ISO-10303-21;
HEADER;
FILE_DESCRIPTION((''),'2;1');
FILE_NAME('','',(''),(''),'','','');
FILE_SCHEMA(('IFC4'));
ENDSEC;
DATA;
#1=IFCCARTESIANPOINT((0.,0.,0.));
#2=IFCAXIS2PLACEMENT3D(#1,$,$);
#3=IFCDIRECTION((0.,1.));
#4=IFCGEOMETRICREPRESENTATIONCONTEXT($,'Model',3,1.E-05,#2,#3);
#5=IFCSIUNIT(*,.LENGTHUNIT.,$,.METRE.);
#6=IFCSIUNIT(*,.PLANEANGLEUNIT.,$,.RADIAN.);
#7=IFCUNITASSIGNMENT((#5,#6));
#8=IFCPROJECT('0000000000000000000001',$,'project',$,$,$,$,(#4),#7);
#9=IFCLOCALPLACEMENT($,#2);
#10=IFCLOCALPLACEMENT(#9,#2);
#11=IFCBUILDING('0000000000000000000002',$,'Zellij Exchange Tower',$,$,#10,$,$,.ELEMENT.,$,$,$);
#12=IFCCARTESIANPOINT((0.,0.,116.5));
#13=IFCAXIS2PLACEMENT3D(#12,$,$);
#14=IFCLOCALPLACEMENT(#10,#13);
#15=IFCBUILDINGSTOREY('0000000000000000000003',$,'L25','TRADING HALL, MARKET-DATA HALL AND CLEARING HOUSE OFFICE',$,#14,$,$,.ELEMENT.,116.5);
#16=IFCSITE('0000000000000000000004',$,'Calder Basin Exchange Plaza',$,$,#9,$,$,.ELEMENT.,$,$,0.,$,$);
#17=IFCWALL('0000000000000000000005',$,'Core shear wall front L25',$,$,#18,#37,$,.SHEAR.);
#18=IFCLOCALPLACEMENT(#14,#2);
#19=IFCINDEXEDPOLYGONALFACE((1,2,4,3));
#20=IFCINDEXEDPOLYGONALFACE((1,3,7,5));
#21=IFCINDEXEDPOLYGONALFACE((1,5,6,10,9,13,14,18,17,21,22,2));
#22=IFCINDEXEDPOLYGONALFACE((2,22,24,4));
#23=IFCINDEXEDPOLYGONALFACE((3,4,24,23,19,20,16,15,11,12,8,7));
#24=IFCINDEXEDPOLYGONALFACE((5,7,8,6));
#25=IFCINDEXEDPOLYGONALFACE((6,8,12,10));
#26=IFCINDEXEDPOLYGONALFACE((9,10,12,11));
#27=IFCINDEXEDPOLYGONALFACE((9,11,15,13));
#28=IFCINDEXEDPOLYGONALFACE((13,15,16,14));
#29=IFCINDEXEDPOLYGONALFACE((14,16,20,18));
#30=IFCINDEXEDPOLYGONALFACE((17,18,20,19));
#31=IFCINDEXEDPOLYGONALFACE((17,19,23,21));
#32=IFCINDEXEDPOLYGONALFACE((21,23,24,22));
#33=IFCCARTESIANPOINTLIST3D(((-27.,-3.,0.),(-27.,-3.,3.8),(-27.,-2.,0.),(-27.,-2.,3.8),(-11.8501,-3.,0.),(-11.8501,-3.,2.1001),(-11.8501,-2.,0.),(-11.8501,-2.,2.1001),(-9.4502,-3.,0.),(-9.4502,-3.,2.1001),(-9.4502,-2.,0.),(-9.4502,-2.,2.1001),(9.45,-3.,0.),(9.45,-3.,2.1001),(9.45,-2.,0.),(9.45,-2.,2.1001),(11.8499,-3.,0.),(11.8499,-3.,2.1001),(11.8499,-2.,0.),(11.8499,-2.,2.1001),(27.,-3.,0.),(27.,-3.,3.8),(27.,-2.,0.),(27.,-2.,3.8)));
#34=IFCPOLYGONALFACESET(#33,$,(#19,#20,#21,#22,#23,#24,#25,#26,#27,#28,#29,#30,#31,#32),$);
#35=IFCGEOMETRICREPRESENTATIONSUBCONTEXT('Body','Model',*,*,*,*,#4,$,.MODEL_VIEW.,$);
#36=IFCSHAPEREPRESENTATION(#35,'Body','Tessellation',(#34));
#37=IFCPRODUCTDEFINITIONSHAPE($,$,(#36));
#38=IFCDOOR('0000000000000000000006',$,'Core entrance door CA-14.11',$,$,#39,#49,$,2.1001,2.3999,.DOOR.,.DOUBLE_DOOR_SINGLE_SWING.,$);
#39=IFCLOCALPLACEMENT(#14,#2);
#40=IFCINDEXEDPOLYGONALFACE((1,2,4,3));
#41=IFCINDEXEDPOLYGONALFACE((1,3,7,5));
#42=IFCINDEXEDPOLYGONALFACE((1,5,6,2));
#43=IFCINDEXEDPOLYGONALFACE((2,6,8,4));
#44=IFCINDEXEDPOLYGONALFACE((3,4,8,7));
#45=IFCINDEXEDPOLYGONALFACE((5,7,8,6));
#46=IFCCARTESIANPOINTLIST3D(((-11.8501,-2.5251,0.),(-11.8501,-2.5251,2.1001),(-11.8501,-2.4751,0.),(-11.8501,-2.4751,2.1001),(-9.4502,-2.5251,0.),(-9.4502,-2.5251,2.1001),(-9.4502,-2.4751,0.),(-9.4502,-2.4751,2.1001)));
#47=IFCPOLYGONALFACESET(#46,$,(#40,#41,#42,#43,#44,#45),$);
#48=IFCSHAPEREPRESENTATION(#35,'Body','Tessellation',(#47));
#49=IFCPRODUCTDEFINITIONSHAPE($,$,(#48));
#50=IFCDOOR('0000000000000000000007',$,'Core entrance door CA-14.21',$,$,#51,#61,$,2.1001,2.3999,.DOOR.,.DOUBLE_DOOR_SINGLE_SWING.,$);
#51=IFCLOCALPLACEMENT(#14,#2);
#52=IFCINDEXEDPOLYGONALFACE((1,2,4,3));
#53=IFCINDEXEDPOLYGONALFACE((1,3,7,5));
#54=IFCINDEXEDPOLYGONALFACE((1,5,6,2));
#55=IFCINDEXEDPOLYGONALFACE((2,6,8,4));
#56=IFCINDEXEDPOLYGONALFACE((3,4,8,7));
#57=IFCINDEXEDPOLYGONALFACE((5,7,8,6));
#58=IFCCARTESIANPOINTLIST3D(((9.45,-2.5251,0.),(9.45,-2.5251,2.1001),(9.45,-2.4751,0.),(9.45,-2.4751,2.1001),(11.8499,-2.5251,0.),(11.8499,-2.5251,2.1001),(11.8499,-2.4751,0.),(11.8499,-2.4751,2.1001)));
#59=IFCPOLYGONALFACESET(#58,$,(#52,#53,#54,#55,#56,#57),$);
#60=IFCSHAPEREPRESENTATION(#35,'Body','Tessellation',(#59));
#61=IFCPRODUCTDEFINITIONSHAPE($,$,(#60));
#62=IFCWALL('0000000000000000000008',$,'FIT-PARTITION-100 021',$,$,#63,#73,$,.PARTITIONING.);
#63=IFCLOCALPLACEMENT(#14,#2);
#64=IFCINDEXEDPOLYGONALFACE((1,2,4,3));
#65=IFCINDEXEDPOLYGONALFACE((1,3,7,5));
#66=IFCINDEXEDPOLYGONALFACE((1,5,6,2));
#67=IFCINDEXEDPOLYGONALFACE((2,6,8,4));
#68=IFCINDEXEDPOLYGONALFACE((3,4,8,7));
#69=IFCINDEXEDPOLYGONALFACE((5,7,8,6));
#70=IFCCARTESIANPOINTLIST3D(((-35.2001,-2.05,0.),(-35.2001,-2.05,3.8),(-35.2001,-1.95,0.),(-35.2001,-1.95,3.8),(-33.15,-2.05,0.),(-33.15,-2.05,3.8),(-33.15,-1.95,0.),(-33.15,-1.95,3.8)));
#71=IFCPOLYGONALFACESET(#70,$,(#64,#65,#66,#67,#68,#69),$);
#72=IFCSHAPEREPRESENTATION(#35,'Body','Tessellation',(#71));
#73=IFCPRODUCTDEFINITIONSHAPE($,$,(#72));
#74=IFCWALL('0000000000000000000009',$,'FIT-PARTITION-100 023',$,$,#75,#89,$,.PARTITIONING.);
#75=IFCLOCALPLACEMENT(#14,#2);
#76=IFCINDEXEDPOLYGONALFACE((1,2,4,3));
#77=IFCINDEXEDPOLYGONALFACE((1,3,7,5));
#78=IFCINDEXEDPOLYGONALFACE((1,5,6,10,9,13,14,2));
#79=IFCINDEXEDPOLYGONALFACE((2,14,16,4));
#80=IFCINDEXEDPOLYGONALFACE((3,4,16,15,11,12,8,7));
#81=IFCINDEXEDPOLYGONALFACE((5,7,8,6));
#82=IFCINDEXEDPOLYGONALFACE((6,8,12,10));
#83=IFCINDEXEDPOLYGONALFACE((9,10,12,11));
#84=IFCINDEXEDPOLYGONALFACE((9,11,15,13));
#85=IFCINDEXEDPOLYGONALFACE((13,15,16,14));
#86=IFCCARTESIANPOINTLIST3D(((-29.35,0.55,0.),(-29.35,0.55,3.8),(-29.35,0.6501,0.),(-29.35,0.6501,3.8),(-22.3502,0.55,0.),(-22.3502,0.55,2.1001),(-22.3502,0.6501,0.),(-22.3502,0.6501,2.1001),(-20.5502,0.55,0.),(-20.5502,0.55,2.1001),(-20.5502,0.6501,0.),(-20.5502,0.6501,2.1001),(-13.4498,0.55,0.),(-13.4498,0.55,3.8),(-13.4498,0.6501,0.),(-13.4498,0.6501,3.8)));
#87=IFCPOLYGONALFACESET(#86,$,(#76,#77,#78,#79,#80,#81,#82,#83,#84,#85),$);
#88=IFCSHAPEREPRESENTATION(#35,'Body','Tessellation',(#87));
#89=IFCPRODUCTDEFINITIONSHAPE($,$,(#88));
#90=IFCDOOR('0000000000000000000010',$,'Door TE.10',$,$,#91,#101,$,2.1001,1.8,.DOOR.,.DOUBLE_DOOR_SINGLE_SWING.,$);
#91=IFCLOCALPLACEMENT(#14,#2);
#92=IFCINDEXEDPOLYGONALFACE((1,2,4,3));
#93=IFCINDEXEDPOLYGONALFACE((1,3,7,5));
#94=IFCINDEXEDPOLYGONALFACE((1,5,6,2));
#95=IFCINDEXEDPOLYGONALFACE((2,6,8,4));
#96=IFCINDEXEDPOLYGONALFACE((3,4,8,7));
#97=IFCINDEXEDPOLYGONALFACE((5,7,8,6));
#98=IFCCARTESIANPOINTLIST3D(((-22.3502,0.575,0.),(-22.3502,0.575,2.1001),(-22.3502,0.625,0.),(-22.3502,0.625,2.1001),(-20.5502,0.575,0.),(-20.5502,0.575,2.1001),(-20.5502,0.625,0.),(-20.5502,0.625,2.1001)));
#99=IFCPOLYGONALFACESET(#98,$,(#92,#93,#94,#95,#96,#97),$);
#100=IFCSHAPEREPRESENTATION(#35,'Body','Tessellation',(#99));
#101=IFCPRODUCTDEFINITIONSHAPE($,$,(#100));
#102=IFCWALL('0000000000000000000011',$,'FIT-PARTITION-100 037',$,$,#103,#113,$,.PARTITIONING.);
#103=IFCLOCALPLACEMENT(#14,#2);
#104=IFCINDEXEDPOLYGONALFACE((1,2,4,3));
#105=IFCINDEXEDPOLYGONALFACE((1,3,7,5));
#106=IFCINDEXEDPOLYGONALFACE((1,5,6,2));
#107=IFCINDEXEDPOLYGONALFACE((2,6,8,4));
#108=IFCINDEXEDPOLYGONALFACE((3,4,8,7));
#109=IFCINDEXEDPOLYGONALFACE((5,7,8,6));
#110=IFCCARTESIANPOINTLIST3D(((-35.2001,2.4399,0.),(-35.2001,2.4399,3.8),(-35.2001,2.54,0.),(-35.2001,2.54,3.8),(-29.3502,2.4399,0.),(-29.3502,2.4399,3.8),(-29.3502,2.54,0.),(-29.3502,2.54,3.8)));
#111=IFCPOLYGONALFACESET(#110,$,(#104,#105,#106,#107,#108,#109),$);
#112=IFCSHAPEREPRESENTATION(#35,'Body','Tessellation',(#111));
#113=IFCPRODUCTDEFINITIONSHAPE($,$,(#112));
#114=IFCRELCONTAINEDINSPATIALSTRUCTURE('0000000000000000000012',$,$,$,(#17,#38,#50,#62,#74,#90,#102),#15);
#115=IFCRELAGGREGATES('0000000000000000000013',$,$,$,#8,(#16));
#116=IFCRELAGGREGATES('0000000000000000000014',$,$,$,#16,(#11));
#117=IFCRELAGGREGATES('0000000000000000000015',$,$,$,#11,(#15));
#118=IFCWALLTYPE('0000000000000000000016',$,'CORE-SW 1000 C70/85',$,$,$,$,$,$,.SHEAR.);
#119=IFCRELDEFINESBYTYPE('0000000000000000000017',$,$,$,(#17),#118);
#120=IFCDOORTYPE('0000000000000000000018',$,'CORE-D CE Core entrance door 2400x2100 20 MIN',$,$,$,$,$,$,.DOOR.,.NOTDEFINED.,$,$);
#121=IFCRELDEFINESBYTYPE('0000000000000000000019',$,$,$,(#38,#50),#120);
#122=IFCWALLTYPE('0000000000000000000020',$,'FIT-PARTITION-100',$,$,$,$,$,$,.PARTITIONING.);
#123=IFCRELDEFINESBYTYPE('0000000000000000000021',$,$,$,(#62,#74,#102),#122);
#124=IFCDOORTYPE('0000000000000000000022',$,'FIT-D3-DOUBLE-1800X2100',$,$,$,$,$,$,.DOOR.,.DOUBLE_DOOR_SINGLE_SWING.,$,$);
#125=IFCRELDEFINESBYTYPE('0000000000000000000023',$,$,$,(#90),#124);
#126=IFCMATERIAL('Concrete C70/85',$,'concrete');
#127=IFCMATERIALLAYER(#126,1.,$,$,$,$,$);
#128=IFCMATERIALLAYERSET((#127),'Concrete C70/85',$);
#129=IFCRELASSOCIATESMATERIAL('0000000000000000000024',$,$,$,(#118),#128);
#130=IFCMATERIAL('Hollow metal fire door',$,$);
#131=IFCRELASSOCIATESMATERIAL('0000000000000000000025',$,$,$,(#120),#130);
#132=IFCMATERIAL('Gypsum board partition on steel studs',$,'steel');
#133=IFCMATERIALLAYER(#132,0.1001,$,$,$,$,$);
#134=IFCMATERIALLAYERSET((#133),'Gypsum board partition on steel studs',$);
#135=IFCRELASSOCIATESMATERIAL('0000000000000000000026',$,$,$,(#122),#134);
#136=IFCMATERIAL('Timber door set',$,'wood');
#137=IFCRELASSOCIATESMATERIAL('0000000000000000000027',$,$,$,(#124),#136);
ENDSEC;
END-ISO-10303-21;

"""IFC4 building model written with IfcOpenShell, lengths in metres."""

from ifc_helpers import new_model, si_unit, direction, frame, frame_2d, origin, place, context, subcontext, project, spatial, rectangle, extrude, material, layer, layer_set, type_object, element, fill, save


model = new_model("IFC4")

# Units and contexts
model_context = context("Model", 3, precision=1e-05, world=origin(), true_north=direction((0.0, 1.0)))
body_context = subcontext(model_context, "Body", "Model", "MODEL_VIEW")
ifc_project = project(units=[si_unit("LENGTHUNIT", "METRE"), si_unit("PLANEANGLEUNIT", "RADIAN")], contexts=[model_context])

# Site, building, storey
site_placement = place(None, origin())
site = spatial("IfcSite", under=ifc_project, at=site_placement, Name="Calder Basin Exchange Plaza", CompositionType="ELEMENT", RefElevation=0.0)
building_placement = place(site_placement, origin())
building = spatial("IfcBuilding", under=site, at=building_placement, Name="Zellij Exchange Tower", CompositionType="ELEMENT")
storey_placement = place(building_placement, frame((0.0, 0.0, 116.5)))
storey = spatial("IfcBuildingStorey", under=building, at=storey_placement, Name="L25", Description="TRADING HALL, MARKET-DATA HALL AND CLEARING HOUSE OFFICE", CompositionType="ELEMENT", Elevation=116.5)

# Shared definitions
ifc_material_1 = material(Name="Concrete C70/85", Category="concrete")

# Wall, openings, doors
ifc_material_2 = material(Name="Hollow metal fire door")
ifc_layer_1 = layer(ifc_material_1, 1.0)
ifc_layer_set_1 = layer_set([ifc_layer_1], Name="Concrete C70/85")
wall_type_1 = type_object("IfcWallType", Name="CORE-SW 1000 C70/85", PredefinedType="SHEAR", material=ifc_layer_set_1)
wall_1_placement = place(storey_placement, frame((-27.0, -2.5, 0.0), z_axis=(0.0, 0.0, 1.0), x_axis=(1.0, 0.0, 0.0)))
wall_1 = element("IfcWall", 1, at=wall_1_placement, inside=storey, type_object=wall_type_1, Name="Core shear wall front L25", PredefinedType="SHEAR", context=body_context, shape_type="SweptSolid", body=[
    extrude(rectangle(XDim=54.0, YDim=1.0, at=frame_2d((27.0, 0.0))), origin(), (0.0, 0.0, 1.0), 3.8),
])
opening_1_placement = place(wall_1_placement, frame((15.1499, 0.0, 0.0)))
opening_1 = element("IfcOpeningElement", 2, at=opening_1_placement, cuts=wall_1, PredefinedType="OPENING", context=body_context, shape_type="SweptSolid", body=[
    extrude(rectangle(XDim=2.3999, YDim=2.1001, at=frame_2d((1.2, 1.05))), frame((0.0, 0.512, 0.0), z_axis=(0.0, -1.0, 0.0), x_axis=(1.0, 0.0, 0.0)), (0.0, 0.0, 1.0), 1.0239),
])
opening_2_placement = place(wall_1_placement, frame((36.45, 0.0, 0.0)))
opening_2 = element("IfcOpeningElement", 3, at=opening_2_placement, cuts=wall_1, PredefinedType="OPENING", context=body_context, shape_type="SweptSolid", body=[
    extrude(rectangle(XDim=2.3999, YDim=2.1001, at=frame_2d((1.2, 1.05))), frame((0.0, 0.512, 0.0), z_axis=(0.0, -1.0, 0.0), x_axis=(1.0, 0.0, 0.0)), (0.0, 0.0, 1.0), 1.0239),
])
door_type_1 = type_object("IfcDoorType", Name="CORE-D CE Core entrance door 2400x2100 20 MIN", OperationType="NOTDEFINED", PredefinedType="DOOR", material=ifc_material_2)
door_1_placement = place(opening_1_placement, origin())
door_1 = element("IfcDoor", 4, at=door_1_placement, inside=storey, type_object=door_type_1, Name="Core entrance door CA-14.11", OperationType="DOUBLE_DOOR_SINGLE_SWING", OverallHeight=2.1001, OverallWidth=2.3999, PredefinedType="DOOR", context=body_context, shape_type="SweptSolid", body=[
    extrude(rectangle(XDim=2.3999, YDim=2.1001, at=frame_2d((1.2, 1.05))), frame((0.0, 0.0249, 0.0), z_axis=(0.0, -1.0, 0.0), x_axis=(1.0, 0.0, 0.0)), (0.0, 0.0, 1.0), 0.05),
])
fill(opening_1, door_1)
door_2_placement = place(opening_2_placement, origin())
door_2 = element("IfcDoor", 5, at=door_2_placement, inside=storey, type_object=door_type_1, Name="Core entrance door CA-14.21", OperationType="DOUBLE_DOOR_SINGLE_SWING", OverallHeight=2.1001, OverallWidth=2.3999, PredefinedType="DOOR", context=body_context, shape_type="SweptSolid", body=[
    extrude(rectangle(XDim=2.3999, YDim=2.1001, at=frame_2d((1.2, 1.05))), frame((0.0, 0.0249, 0.0), z_axis=(0.0, -1.0, 0.0), x_axis=(1.0, 0.0, 0.0)), (0.0, 0.0, 1.0), 0.05),
])
fill(opening_2, door_2)

# Wall
ifc_material_3 = material(Name="Gypsum board partition on steel studs", Category="steel")
ifc_layer_2 = layer(ifc_material_3, 0.1001)
ifc_layer_set_2 = layer_set([ifc_layer_2], Name="Gypsum board partition on steel studs")
wall_type_2 = type_object("IfcWallType", Name="FIT-PARTITION-100", PredefinedType="PARTITIONING", material=ifc_layer_set_2)
wall_2_placement = place(storey_placement, frame((-35.2, -2.0, 0.0), z_axis=(0.0, 0.0, 1.0), x_axis=(1.0, 0.0, 0.0)))
element("IfcWall", 6, at=wall_2_placement, inside=storey, type_object=wall_type_2, Name="FIT-PARTITION-100 021", PredefinedType="PARTITIONING", context=body_context, shape_type="SweptSolid", body=[
    extrude(rectangle(XDim=2.05, YDim=0.1001, at=frame_2d((1.0249, 0.0))), origin(), (0.0, 0.0, 1.0), 3.8),
])

# Wall, opening, door
wall_3_placement = place(storey_placement, frame((-29.3501, 0.6001, 0.0), z_axis=(0.0, 0.0, 1.0), x_axis=(1.0, 0.0, 0.0)))
wall_3 = element("IfcWall", 7, at=wall_3_placement, inside=storey, type_object=wall_type_2, Name="FIT-PARTITION-100 023", PredefinedType="PARTITIONING", context=body_context, shape_type="SweptSolid", body=[
    extrude(rectangle(XDim=15.9001, YDim=0.1001, at=frame_2d((7.9502, 0.0))), origin(), (0.0, 0.0, 1.0), 3.8),
])
opening_3_placement = place(wall_3_placement, frame((7.0, 0.0, 0.0)))
opening_3 = element("IfcOpeningElement", 8, at=opening_3_placement, cuts=wall_3, PredefinedType="OPENING", context=body_context, shape_type="SweptSolid", body=[
    extrude(rectangle(XDim=1.8, YDim=2.1001, at=frame_2d((0.8999, 1.05))), frame((0.0, 0.062, 0.0), z_axis=(0.0, -1.0, 0.0), x_axis=(1.0, 0.0, 0.0)), (0.0, 0.0, 1.0), 0.124),
])
ifc_material_4 = material(Name="Timber door set", Category="wood")
door_type_2 = type_object("IfcDoorType", Name="FIT-D3-DOUBLE-1800X2100", OperationType="DOUBLE_DOOR_SINGLE_SWING", PredefinedType="DOOR", material=ifc_material_4)
door_3_placement = place(opening_3_placement, origin())
door_3 = element("IfcDoor", 9, at=door_3_placement, inside=storey, type_object=door_type_2, Name="Door TE.10", OperationType="DOUBLE_DOOR_SINGLE_SWING", OverallHeight=2.1001, OverallWidth=1.8, PredefinedType="DOOR", context=body_context, shape_type="SweptSolid", body=[
    extrude(rectangle(XDim=1.8, YDim=2.1001, at=frame_2d((0.8999, 1.05))), frame((0.0, 0.0249, 0.0), z_axis=(0.0, -1.0, 0.0), x_axis=(1.0, 0.0, 0.0)), (0.0, 0.0, 1.0), 0.05),
])
fill(opening_3, door_3)

# Wall
wall_4_placement = place(storey_placement, frame((-35.2, 2.49, 0.0), z_axis=(0.0, 0.0, 1.0), x_axis=(1.0, 0.0, 0.0)))
element("IfcWall", 10, at=wall_4_placement, inside=storey, type_object=wall_type_2, Name="FIT-PARTITION-100 037", PredefinedType="PARTITIONING", context=body_context, shape_type="SweptSolid", body=[
    extrude(rectangle(XDim=5.8499, YDim=0.1001, at=frame_2d((2.9248, 0.0))), origin(), (0.0, 0.0, 1.0), 3.8),
])

save(model, "model.ifc")
